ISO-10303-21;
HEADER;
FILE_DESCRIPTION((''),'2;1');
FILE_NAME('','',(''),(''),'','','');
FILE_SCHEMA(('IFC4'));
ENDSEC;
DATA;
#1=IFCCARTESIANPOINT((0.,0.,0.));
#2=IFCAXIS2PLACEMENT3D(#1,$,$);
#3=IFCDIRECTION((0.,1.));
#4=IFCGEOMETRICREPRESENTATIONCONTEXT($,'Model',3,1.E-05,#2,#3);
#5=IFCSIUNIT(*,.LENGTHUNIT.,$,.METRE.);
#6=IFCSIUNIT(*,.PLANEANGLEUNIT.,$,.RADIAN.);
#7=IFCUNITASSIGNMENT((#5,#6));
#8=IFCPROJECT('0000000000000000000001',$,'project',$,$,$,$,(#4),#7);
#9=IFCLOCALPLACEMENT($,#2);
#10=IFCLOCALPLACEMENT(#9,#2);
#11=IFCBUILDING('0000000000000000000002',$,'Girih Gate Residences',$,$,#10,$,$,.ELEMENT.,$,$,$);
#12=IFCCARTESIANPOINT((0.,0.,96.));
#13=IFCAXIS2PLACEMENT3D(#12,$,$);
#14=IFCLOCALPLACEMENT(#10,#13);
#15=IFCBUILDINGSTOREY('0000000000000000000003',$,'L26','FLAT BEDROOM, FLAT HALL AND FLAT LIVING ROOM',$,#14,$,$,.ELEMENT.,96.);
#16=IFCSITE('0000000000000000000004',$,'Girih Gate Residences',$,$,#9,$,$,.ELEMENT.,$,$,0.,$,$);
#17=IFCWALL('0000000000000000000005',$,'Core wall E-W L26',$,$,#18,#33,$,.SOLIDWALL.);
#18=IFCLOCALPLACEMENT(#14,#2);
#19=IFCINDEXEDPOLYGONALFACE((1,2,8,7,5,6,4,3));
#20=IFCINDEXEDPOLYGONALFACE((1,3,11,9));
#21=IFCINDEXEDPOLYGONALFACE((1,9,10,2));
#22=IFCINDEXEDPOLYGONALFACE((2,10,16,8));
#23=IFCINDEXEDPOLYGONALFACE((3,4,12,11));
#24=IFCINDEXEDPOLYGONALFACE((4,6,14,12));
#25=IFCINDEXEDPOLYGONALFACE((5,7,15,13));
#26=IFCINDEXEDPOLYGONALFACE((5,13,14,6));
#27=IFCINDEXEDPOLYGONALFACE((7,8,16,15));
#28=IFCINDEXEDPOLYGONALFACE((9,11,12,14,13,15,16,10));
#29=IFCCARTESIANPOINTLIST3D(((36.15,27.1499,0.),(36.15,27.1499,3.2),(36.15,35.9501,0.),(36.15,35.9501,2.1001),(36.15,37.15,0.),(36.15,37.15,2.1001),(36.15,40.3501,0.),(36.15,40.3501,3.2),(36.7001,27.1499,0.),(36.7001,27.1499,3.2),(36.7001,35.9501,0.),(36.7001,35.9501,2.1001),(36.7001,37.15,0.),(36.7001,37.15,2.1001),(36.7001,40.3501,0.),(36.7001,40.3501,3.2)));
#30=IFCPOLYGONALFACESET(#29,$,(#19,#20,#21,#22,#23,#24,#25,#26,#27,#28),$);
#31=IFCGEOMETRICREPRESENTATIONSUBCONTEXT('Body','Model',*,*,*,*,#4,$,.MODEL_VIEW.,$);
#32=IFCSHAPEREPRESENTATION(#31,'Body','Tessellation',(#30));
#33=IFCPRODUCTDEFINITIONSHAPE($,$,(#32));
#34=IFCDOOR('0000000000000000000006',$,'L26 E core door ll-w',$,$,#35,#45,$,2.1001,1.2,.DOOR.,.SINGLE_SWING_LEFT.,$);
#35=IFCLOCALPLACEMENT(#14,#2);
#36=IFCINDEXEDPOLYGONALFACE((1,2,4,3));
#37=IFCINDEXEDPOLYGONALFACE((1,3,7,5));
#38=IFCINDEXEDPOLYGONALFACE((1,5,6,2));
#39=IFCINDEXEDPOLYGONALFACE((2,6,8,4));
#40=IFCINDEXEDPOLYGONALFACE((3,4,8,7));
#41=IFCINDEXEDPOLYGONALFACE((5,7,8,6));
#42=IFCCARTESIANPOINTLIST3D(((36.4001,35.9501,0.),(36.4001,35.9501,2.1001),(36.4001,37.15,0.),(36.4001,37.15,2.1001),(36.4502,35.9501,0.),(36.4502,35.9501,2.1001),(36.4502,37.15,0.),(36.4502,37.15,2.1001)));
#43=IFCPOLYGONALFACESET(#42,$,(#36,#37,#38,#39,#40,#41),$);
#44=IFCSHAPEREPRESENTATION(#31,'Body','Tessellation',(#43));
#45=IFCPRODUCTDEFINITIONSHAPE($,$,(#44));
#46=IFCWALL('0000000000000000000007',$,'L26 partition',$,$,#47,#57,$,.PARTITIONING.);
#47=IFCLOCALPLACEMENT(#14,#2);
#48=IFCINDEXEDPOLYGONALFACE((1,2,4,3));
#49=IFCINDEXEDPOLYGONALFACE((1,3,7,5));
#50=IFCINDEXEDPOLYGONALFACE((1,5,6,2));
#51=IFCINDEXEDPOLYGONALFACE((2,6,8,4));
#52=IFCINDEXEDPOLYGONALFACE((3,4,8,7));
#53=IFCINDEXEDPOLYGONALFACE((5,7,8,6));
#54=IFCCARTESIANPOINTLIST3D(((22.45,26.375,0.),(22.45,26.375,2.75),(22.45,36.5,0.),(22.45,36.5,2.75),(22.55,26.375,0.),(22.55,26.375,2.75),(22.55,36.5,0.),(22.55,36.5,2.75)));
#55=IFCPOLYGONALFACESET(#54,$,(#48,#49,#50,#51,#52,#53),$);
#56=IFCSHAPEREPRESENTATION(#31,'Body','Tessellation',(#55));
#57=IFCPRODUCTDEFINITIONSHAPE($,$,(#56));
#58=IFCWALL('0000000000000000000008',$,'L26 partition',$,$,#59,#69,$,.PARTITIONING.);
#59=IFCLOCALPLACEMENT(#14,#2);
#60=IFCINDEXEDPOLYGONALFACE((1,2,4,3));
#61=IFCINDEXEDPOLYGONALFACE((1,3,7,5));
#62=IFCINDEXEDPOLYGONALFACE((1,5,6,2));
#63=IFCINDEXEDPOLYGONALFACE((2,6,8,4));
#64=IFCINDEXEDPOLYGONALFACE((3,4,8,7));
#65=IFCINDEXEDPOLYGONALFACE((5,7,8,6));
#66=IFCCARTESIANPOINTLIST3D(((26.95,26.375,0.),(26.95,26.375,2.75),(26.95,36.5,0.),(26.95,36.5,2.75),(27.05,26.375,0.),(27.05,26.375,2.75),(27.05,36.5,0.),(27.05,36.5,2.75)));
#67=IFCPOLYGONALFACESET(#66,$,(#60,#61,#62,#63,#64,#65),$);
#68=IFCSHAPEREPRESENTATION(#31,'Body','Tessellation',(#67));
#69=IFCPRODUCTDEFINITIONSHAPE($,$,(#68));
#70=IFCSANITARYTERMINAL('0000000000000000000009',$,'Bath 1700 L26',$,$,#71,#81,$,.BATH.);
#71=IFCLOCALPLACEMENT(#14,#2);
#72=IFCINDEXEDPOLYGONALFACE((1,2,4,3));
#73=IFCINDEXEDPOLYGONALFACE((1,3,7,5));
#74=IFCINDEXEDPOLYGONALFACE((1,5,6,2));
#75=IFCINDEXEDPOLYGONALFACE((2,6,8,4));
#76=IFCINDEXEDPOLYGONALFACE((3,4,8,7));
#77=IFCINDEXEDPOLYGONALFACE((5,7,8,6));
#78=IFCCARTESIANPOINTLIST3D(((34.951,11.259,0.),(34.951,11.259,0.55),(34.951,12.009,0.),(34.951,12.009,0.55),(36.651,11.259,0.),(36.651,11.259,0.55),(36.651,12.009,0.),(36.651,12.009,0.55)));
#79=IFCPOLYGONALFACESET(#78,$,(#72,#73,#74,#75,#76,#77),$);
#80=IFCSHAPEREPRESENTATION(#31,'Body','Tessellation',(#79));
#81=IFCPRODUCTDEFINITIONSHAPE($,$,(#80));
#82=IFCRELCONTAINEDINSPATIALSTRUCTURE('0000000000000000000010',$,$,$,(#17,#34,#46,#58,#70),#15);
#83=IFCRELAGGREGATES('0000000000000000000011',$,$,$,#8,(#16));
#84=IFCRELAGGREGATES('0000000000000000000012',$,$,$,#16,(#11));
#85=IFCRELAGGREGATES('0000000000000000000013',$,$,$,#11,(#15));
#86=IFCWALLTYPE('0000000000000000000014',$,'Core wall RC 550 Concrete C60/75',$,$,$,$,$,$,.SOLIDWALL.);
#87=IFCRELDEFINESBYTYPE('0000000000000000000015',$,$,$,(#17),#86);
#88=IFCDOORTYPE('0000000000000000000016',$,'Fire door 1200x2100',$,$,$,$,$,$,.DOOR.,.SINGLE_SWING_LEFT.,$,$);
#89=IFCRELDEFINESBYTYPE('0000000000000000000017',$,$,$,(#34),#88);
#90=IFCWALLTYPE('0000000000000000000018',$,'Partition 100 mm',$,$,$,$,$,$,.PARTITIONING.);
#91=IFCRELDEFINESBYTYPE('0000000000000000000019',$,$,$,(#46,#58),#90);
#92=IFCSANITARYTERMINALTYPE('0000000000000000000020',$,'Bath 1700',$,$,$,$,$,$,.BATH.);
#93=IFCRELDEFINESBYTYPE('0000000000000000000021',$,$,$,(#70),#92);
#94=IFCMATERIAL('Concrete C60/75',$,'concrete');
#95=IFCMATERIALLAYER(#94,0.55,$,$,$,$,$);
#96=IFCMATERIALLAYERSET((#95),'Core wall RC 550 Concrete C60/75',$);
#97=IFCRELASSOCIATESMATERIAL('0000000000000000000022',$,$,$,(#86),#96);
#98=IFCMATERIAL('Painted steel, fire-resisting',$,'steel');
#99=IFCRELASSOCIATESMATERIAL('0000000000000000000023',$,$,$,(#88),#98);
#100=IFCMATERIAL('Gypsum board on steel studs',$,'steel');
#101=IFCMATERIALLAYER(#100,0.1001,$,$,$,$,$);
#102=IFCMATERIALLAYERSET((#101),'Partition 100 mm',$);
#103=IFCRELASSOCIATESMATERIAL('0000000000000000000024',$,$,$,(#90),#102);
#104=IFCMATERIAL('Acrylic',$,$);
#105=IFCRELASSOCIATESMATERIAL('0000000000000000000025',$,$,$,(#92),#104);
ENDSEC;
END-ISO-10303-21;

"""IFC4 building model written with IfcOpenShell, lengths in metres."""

from ifc_helpers import new_model, si_unit, direction, frame, frame_2d, origin, origin_2d, place, context, subcontext, project, spatial, rectangle, extrude, material, layer, layer_set, type_object, element, fill, save


model = new_model("IFC4")

# Units and contexts
model_context = context("Model", 3, precision=1e-05, world=origin(), true_north=direction((0.0, 1.0)))
body_context = subcontext(model_context, "Body", "Model", "MODEL_VIEW")
ifc_project = project(units=[si_unit("LENGTHUNIT", "METRE"), si_unit("PLANEANGLEUNIT", "RADIAN")], contexts=[model_context])

# Site, building, storey
site_placement = place(None, origin())
site = spatial("IfcSite", under=ifc_project, at=site_placement, Name="Girih Gate Residences", CompositionType="ELEMENT", RefElevation=0.0)
building_placement = place(site_placement, origin())
building = spatial("IfcBuilding", under=site, at=building_placement, Name="Girih Gate Residences", CompositionType="ELEMENT")
storey_placement = place(building_placement, frame((0.0, 0.0, 96.0)))
storey = spatial("IfcBuildingStorey", under=building, at=storey_placement, Name="L26", Description="FLAT BEDROOM, FLAT HALL AND FLAT LIVING ROOM", CompositionType="ELEMENT", Elevation=96.0)

# Shared definitions
ifc_material_1 = material(Name="Concrete C60/75", Category="concrete")

# Shared definitions
ifc_material_2 = material(Name="Gypsum board on steel studs", Category="steel")

# Wall, opening, door
ifc_layer_1 = layer(ifc_material_1, 0.55)
ifc_layer_set_1 = layer_set([ifc_layer_1], Name="Core wall RC 550 Concrete C60/75")
wall_type_1 = type_object("IfcWallType", Name="Core wall RC 550 Concrete C60/75", PredefinedType="SOLIDWALL", material=ifc_layer_set_1)
wall_1_placement = place(storey_placement, frame((36.425, 27.1499, 0.0), z_axis=(0.0, 0.0, 1.0), x_axis=(0.0, 1.0, 0.0)))
wall_1 = element("IfcWall", 1, at=wall_1_placement, inside=storey, type_object=wall_type_1, Name="Core wall E-W L26", PredefinedType="SOLIDWALL", context=body_context, shape_type="SweptSolid", body=[
    extrude(rectangle(XDim=13.2002, YDim=0.55, at=frame_2d((6.6001, 0.0))), origin(), (0.0, 0.0, 1.0), 3.2),
])
opening_1_placement = place(wall_1_placement, frame((8.8, 0.0, 0.0)))
opening_1 = element("IfcOpeningElement", 2, at=opening_1_placement, cuts=wall_1, PredefinedType="OPENING", context=body_context, shape_type="SweptSolid", body=[
    extrude(rectangle(XDim=1.2, YDim=2.1001, at=frame_2d((0.6001, 1.05))), frame((0.0, 0.2849, 0.0), z_axis=(0.0, -1.0, 0.0), x_axis=(1.0, 0.0, 0.0)), (0.0, 0.0, 1.0), 0.5701),
])
ifc_material_3 = material(Name="Painted steel, fire-resisting", Category="steel")
door_type_1 = type_object("IfcDoorType", Name="Fire door 1200x2100", OperationType="SINGLE_SWING_LEFT", PredefinedType="DOOR", material=ifc_material_3)
door_1_placement = place(opening_1_placement, origin())
door_1 = element("IfcDoor", 3, at=door_1_placement, inside=storey, type_object=door_type_1, Name="L26 E core door ll-w", OperationType="SINGLE_SWING_LEFT", OverallHeight=2.1001, OverallWidth=1.2, PredefinedType="DOOR", context=body_context, shape_type="SweptSolid", body=[
    extrude(rectangle(XDim=1.2, YDim=2.1001, at=frame_2d((0.6001, 1.05))), frame((0.0, 0.0249, 0.0), z_axis=(0.0, -1.0, 0.0), x_axis=(1.0, 0.0, 0.0)), (0.0, 0.0, 1.0), 0.05),
])
fill(opening_1, door_1)

# Walls
ifc_layer_2 = layer(ifc_material_2, 0.1001)
ifc_layer_set_2 = layer_set([ifc_layer_2], Name="Partition 100 mm")
wall_type_2 = type_object("IfcWallType", Name="Partition 100 mm", PredefinedType="PARTITIONING", material=ifc_layer_set_2)
for number, where, z_axis, x_axis, name in (
    (4, (22.5, 26.375, 0.0), (0.0, 0.0, 1.0), (0.0, 1.0, 0.0), "L26 partition"),
    (5, (27.0, 26.375, 0.0), (0.0, 0.0, 1.0), (0.0, 1.0, 0.0), "L26 partition"),
):
    element("IfcWall", number, at=place(storey_placement, frame(where, z_axis=z_axis, x_axis=x_axis)), inside=storey, type_object=wall_type_2, Name=name, PredefinedType="PARTITIONING", context=body_context, shape_type="SweptSolid", body=[
        extrude(rectangle(XDim=10.125, YDim=0.1001, at=frame_2d((5.0625, 0.0))), origin(), (0.0, 0.0, 1.0), 2.75),
    ])

# Sanitary terminal
ifc_material_4 = material(Name="Acrylic")
sanitary_terminal_type = type_object("IfcSanitaryTerminalType", Name="Bath 1700", PredefinedType="BATH", material=ifc_material_4)
sanitary_terminal_placement = place(storey_placement, frame((35.801, 11.634, 0.0), z_axis=(0.0, 0.0, 1.0), x_axis=(1.0, 0.0, 0.0)))
element("IfcSanitaryTerminal", 6, at=sanitary_terminal_placement, inside=storey, type_object=sanitary_terminal_type, Name="Bath 1700 L26", PredefinedType="BATH", context=body_context, shape_type="SweptSolid", body=[
    extrude(rectangle(XDim=1.7, YDim=0.75, at=origin_2d()), origin(), (0.0, 0.0, 1.0), 0.55),
])

save(model, "model.ifc")
